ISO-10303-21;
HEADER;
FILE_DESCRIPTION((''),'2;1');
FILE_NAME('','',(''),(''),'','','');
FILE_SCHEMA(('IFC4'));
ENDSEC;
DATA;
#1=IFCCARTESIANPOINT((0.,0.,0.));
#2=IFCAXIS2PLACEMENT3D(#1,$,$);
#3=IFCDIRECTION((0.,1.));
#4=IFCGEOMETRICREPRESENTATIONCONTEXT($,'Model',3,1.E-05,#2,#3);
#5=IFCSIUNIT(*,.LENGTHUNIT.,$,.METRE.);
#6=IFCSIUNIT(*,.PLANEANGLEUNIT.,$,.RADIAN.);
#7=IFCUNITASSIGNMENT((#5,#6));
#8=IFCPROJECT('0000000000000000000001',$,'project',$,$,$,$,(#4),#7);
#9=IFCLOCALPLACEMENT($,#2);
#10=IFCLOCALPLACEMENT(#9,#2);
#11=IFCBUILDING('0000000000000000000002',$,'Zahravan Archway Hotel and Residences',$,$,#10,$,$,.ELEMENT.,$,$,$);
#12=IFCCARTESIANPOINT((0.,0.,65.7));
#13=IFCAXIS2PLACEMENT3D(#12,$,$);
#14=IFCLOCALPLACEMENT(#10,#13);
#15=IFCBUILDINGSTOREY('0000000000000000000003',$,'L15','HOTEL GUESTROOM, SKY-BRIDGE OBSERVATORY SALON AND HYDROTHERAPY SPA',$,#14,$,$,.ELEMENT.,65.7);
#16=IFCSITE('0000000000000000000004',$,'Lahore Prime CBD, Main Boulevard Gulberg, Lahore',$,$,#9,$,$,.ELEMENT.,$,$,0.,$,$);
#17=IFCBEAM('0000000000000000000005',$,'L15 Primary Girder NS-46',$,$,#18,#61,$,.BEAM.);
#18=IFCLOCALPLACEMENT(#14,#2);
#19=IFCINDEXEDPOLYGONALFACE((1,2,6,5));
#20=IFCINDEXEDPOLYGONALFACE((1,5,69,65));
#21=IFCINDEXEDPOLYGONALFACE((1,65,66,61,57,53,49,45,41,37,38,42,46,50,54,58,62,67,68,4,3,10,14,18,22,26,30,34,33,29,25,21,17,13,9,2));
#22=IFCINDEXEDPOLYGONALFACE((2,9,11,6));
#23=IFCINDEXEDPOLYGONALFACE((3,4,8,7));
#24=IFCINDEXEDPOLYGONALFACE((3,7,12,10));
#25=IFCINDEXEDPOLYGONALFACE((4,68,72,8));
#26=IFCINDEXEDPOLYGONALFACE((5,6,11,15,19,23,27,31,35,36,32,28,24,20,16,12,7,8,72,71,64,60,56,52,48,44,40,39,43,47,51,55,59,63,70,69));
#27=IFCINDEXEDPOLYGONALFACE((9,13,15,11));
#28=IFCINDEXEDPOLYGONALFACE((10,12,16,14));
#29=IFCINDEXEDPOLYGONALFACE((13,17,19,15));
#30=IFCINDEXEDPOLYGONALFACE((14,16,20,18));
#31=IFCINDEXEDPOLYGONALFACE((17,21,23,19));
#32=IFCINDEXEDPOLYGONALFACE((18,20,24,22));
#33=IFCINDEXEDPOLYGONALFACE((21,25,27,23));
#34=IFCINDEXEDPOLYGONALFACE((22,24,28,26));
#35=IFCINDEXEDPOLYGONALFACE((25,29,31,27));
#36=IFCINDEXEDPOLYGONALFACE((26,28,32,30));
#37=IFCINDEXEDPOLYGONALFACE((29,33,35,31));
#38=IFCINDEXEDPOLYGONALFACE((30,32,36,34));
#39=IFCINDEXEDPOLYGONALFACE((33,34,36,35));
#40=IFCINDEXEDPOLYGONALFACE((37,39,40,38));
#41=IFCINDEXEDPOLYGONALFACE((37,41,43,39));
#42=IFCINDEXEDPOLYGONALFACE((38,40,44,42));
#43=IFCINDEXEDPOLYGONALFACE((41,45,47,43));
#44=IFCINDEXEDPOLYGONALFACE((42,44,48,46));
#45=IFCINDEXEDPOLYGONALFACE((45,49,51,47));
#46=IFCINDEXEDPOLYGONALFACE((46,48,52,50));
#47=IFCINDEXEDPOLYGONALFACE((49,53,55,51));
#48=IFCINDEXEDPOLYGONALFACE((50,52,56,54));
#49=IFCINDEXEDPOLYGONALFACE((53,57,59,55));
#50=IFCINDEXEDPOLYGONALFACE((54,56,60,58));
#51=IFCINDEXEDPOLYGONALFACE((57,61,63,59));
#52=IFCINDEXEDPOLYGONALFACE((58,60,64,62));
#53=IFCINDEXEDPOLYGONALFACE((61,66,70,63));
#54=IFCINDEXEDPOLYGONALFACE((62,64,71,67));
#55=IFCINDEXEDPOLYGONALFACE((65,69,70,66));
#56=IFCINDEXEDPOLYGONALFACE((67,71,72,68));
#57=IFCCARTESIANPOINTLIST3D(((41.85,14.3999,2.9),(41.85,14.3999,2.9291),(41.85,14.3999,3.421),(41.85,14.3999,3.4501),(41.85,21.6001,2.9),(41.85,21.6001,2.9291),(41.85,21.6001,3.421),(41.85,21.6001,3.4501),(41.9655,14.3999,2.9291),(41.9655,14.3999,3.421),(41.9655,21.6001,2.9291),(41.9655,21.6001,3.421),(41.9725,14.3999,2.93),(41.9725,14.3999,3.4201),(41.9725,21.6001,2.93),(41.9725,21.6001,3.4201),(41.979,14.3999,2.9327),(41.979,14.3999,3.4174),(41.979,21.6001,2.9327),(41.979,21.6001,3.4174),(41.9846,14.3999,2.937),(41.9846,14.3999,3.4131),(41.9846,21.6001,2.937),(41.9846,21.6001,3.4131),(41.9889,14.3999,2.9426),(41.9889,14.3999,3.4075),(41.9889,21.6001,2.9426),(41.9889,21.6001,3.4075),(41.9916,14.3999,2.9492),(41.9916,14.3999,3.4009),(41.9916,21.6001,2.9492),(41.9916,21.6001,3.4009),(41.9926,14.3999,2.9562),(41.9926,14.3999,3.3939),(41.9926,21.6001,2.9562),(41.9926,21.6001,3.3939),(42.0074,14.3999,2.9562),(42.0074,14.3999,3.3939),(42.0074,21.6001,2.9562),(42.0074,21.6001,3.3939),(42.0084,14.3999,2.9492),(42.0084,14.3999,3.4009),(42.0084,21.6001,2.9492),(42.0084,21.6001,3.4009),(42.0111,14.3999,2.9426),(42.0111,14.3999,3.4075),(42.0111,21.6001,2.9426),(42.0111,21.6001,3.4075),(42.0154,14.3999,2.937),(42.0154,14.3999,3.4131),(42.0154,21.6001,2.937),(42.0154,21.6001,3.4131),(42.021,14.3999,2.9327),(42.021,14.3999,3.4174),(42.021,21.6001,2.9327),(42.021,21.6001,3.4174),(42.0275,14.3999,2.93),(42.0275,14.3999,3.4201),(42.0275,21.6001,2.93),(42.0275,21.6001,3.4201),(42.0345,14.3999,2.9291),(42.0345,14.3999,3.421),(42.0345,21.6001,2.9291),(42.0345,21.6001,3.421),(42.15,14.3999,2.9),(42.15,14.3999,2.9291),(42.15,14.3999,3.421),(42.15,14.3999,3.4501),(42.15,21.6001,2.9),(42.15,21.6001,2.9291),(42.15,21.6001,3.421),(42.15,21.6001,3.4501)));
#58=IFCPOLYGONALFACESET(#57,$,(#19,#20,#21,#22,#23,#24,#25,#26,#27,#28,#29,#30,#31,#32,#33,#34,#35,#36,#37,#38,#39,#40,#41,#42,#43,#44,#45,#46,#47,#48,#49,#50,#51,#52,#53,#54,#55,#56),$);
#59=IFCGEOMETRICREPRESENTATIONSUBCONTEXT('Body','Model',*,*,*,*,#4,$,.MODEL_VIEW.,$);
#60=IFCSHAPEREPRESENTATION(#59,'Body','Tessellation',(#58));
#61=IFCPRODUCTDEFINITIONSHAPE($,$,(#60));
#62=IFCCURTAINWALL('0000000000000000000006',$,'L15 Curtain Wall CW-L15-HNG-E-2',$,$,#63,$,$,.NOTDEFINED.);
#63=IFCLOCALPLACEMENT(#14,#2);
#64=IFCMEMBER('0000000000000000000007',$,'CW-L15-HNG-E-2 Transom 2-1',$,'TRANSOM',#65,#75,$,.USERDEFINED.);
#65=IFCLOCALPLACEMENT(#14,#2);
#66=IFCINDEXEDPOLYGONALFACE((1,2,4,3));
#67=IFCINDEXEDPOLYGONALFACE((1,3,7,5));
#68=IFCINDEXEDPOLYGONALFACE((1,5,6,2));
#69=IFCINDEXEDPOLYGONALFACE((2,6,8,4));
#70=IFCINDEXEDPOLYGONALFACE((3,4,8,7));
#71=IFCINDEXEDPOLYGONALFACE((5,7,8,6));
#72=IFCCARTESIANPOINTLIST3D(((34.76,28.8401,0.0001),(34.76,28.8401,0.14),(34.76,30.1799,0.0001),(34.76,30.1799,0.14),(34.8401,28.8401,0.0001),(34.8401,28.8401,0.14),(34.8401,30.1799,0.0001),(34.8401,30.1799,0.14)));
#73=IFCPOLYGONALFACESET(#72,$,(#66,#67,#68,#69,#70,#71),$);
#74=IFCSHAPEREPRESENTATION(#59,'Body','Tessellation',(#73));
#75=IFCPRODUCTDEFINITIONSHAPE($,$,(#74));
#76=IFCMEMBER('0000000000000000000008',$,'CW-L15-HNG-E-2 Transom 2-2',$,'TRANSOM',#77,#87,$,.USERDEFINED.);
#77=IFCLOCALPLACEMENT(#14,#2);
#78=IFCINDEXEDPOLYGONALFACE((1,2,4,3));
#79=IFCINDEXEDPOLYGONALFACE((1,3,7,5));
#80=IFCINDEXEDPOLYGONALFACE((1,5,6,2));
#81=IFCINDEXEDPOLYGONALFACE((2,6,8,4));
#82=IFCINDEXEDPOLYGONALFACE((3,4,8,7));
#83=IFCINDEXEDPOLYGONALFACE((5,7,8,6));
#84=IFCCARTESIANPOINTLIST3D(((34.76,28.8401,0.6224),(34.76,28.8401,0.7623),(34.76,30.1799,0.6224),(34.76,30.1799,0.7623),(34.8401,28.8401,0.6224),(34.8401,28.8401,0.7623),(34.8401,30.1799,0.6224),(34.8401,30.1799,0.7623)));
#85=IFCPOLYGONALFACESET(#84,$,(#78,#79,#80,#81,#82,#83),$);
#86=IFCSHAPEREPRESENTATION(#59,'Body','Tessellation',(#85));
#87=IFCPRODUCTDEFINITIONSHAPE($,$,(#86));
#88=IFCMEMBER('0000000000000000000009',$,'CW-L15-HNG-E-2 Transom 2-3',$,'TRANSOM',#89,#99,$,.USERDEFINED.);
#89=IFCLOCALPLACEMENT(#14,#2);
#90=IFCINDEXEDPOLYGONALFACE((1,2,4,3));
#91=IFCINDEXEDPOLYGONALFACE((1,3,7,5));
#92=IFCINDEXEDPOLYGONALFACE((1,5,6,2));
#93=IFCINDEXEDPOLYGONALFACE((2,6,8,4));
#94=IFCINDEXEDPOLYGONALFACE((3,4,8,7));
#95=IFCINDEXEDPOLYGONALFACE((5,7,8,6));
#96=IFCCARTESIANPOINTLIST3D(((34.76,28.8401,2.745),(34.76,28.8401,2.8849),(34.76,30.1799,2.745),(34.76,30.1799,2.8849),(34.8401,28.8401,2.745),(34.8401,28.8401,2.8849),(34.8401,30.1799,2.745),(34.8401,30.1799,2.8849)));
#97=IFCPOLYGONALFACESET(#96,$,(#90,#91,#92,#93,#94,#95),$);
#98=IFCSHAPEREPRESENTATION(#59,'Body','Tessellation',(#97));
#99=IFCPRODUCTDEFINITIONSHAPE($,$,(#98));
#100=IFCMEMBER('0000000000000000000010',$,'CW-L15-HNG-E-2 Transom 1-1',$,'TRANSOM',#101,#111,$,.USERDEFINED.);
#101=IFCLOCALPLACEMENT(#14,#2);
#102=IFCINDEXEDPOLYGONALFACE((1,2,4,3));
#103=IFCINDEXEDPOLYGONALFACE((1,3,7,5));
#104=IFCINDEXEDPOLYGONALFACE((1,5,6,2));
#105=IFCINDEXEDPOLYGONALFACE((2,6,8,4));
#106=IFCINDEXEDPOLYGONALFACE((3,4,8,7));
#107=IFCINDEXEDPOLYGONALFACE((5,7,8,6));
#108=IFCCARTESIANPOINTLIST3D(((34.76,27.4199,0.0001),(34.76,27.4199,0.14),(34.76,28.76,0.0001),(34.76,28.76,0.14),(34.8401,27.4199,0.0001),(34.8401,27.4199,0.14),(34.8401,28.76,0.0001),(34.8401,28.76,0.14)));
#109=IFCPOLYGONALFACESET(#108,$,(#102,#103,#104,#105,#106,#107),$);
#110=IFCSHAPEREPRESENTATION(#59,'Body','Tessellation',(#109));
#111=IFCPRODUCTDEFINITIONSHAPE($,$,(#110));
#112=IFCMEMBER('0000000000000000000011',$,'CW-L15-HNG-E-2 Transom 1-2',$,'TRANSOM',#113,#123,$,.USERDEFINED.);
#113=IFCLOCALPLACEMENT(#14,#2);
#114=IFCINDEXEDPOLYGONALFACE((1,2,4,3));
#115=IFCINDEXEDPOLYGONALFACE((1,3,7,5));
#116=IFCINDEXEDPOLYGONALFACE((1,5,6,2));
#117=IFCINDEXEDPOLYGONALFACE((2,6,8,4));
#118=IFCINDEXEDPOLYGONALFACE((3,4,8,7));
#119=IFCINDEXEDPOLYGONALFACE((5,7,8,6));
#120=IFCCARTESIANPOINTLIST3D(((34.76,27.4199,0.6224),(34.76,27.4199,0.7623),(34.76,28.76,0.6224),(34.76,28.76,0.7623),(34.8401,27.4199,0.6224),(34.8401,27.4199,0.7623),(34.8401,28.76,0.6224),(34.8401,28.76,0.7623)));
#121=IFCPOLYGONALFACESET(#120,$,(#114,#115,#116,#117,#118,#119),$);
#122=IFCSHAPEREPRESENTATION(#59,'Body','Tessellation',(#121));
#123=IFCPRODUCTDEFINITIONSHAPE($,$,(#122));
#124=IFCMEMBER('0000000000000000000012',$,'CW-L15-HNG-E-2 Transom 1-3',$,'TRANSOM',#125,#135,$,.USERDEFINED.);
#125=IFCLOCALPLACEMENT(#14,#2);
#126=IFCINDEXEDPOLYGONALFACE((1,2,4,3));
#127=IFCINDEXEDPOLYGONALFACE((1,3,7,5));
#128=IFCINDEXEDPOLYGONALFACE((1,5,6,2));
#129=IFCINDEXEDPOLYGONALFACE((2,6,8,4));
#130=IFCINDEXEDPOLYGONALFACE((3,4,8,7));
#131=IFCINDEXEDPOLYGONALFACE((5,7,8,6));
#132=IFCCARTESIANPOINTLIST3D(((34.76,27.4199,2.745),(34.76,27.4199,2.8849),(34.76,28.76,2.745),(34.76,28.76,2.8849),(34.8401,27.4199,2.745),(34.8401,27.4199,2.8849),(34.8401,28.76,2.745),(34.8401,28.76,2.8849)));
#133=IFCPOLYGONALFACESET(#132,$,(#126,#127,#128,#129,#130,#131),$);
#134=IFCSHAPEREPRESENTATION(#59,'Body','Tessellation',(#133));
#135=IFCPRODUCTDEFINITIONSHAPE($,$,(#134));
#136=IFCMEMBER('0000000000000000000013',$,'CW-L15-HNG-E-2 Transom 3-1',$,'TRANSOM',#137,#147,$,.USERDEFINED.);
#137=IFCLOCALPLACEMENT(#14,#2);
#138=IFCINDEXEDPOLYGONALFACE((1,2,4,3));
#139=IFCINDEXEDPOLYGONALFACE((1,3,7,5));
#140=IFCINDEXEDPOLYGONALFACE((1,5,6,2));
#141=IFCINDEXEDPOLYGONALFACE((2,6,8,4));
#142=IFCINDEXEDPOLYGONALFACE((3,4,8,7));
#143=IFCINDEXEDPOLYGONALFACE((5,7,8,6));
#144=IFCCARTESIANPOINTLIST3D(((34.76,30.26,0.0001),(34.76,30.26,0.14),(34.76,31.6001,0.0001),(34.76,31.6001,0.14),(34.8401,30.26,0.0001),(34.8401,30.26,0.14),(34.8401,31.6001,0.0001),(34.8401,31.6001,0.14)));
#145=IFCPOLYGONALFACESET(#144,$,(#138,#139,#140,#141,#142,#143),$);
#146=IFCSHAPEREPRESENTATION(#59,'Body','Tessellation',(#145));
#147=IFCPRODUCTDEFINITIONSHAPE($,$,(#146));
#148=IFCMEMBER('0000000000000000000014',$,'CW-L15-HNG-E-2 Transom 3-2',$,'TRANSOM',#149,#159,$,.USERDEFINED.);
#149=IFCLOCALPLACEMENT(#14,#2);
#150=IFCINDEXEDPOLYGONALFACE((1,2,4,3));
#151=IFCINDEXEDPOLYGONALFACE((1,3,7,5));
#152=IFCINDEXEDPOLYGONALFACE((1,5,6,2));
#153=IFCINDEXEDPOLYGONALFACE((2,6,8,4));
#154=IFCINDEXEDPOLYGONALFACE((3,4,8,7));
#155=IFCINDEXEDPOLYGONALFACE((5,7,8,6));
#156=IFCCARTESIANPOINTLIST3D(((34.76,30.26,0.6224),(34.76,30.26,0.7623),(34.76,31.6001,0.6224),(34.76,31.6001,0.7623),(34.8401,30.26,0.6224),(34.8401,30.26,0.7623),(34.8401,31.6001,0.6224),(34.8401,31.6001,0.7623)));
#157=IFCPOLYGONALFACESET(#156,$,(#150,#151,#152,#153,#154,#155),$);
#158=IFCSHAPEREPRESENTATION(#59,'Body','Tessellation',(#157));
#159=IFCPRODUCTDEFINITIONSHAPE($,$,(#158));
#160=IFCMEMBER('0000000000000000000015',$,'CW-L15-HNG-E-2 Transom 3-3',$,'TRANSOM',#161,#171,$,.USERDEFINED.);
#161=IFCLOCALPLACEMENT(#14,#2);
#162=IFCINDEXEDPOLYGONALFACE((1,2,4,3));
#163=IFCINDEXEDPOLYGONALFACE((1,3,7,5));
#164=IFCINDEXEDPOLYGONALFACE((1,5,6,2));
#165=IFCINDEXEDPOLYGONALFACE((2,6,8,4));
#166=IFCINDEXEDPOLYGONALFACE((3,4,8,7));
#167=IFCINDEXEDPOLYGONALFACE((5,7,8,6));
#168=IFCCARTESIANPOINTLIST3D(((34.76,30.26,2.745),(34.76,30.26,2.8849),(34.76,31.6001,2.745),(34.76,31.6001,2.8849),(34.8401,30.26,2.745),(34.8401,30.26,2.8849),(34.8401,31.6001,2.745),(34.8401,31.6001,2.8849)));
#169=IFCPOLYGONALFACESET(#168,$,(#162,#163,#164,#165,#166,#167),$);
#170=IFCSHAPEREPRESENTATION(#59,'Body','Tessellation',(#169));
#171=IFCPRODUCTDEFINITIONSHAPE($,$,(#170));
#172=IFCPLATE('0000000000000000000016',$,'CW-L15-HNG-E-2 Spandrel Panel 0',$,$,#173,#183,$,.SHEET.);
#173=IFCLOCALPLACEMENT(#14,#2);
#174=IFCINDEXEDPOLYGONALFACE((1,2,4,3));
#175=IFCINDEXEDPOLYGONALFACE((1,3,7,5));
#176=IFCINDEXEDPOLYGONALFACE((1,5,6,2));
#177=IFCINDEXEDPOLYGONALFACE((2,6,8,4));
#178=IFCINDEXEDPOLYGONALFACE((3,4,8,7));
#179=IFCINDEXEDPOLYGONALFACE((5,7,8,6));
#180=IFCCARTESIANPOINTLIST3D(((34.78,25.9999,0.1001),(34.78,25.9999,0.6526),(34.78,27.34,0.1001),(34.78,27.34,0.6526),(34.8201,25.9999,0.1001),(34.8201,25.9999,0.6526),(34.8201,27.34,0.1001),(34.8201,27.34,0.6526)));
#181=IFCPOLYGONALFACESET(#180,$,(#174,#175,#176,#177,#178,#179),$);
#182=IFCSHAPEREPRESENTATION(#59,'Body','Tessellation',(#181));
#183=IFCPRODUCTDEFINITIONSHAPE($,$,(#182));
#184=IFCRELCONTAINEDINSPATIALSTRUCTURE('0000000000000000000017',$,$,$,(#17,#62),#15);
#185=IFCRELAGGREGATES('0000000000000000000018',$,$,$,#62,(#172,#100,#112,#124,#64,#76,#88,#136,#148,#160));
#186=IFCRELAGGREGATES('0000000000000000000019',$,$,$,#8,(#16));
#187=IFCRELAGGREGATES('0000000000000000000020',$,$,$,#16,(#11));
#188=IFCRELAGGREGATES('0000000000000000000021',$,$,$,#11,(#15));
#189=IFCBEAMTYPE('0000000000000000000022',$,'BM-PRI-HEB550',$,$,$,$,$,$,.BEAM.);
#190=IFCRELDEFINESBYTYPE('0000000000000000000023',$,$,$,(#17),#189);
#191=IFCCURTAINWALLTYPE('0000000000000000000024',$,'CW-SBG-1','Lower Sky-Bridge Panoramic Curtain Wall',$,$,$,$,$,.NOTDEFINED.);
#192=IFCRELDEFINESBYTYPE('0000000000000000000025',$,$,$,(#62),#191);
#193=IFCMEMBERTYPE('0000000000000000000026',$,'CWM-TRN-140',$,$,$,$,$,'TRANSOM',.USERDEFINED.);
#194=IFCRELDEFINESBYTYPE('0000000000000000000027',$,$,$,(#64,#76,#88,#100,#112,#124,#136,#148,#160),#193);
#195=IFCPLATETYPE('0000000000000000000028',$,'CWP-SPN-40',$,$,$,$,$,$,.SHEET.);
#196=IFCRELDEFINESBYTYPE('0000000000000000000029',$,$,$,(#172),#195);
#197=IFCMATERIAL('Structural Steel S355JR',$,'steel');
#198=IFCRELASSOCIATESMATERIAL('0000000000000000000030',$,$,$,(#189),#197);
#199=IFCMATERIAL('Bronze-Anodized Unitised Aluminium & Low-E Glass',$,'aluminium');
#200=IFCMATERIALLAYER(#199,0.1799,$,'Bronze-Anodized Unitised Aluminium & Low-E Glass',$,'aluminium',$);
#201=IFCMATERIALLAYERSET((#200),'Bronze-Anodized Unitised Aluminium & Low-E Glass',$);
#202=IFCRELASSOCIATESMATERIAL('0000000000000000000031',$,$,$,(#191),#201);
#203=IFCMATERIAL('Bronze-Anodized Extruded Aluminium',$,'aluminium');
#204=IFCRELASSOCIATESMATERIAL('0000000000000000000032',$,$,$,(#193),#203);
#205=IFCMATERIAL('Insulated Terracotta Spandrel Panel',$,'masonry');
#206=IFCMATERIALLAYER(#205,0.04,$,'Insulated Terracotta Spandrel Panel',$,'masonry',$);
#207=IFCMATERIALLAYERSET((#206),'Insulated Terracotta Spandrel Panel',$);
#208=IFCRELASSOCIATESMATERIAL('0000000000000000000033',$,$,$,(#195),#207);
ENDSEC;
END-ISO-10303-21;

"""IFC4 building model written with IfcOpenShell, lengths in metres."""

from ifc_helpers import new_model, si_unit, direction, frame, origin, origin_2d, place, context, subcontext, project, spatial, rectangle, i_section, extrude, source, transform, mapped, material, layer, layer_set, material_profile, profile_set, type_object, type_shapes, element, aggregate, save


model = new_model("IFC4")

# Units and contexts
model_context = context("Model", 3, precision=1e-05, world=origin(), true_north=direction((0.0, 1.0)))
body_context = subcontext(model_context, "Body", "Model", "MODEL_VIEW")
ifc_project = project(units=[si_unit("LENGTHUNIT", "METRE"), si_unit("PLANEANGLEUNIT", "RADIAN")], contexts=[model_context])

# Site, building, storey
site_placement = place(None, origin())
site = spatial("IfcSite", under=ifc_project, at=site_placement, Name="Lahore Prime CBD, Main Boulevard Gulberg, Lahore", CompositionType="ELEMENT", RefElevation=0.0)
building_placement = place(site_placement, origin())
building = spatial("IfcBuilding", under=site, at=building_placement, Name="Zahravan Archway Hotel and Residences", CompositionType="ELEMENT")
storey_placement = place(building_placement, frame((0.0, 0.0, 65.7)))
storey = spatial("IfcBuildingStorey", under=building, at=storey_placement, Name="L15", Description="HOTEL GUESTROOM, SKY-BRIDGE OBSERVATORY SALON AND HYDROTHERAPY SPA", CompositionType="ELEMENT", Elevation=65.7)

# Beam
ifc_material_1 = material(Name="Structural Steel S355JR", Category="steel")
ifc_material_profile_1 = material_profile(ifc_material_1, i_section(OverallWidth=0.3, OverallDepth=0.55, WebThickness=0.0149, FlangeThickness=0.0291, FilletRadius=0.0271, at=origin_2d()), Name="HEB 550", Category="steel")
ifc_profile_set_1 = profile_set([ifc_material_profile_1], Name="Structural Steel S355JR")
beam_type = type_object("IfcBeamType", Name="BM-PRI-HEB550", PredefinedType="BEAM", material=ifc_profile_set_1)
shared_shape_1 = source(origin(), body_context, "Body", "SweptSolid", [
    extrude(i_section(OverallWidth=0.3, OverallDepth=0.55, WebThickness=0.0149, FlangeThickness=0.0291, FilletRadius=0.0271, at=origin_2d()), origin(), (0.0, 0.0, 1.0), 7.2002),
])
type_shapes(beam_type, [shared_shape_1])
beam_placement = place(storey_placement, frame((42.0, 14.3999, 3.175), z_axis=(0.0, 1.0, 0.0), x_axis=(-1.0, 0.0, 0.0)))
element("IfcBeam", 1, at=beam_placement, inside=storey, type_object=beam_type, Name="L15 Primary Girder NS-46", PredefinedType="BEAM", context=body_context, shape_type="MappedRepresentation", body=[
    mapped(shared_shape_1, transform((0.0, 0.0, 0.0), scale=1.0)),
])

# Curtain wall, members, plate
ifc_material_2 = material(Name="Bronze-Anodized Unitised Aluminium & Low-E Glass", Category="aluminium")
ifc_layer_1 = layer(ifc_material_2, 0.1799, Name="Bronze-Anodized Unitised Aluminium & Low-E Glass", Category="aluminium")
ifc_layer_set_1 = layer_set([ifc_layer_1], Name="Bronze-Anodized Unitised Aluminium & Low-E Glass")
curtain_wall_type = type_object("IfcCurtainWallType", Name="CW-SBG-1", Description="Lower Sky-Bridge Panoramic Curtain Wall", PredefinedType="NOTDEFINED", material=ifc_layer_set_1)
curtain_wall_placement = place(storey_placement, origin())
curtain_wall = element("IfcCurtainWall", 2, at=curtain_wall_placement, inside=storey, type_object=curtain_wall_type, Name="L15 Curtain Wall CW-L15-HNG-E-2", PredefinedType="NOTDEFINED")
ifc_material_3 = material(Name="Bronze-Anodized Extruded Aluminium", Category="aluminium")
ifc_material_profile_2 = material_profile(ifc_material_3, rectangle(XDim=0.0801, YDim=0.1399, at=origin_2d()), Name="TRN 80x140", Category="aluminium")
ifc_profile_set_2 = profile_set([ifc_material_profile_2], Name="Bronze-Anodized Extruded Aluminium")
member_type = type_object("IfcMemberType", Name="CWM-TRN-140", ElementType="TRANSOM", PredefinedType="USERDEFINED", material=ifc_profile_set_2)
shared_shape_2 = source(origin(), body_context, "Body", "SweptSolid", [
    extrude(rectangle(XDim=0.0801, YDim=0.1399, at=origin_2d()), origin(), (0.0, 0.0, 1.0), 1.3398),
])
member_1_placement = place(storey_placement, frame((34.8, 28.8401, 0.0701), z_axis=(0.0, 1.0, 0.0), x_axis=(-1.0, 0.0, 0.0)))
member_1 = element("IfcMember", 3, at=member_1_placement, type_object=member_type, Name="CW-L15-HNG-E-2 Transom 2-1", ObjectType="TRANSOM", PredefinedType="USERDEFINED", context=body_context, shape_type="MappedRepresentation", body=[
    mapped(shared_shape_2, transform((0.0, 0.0, 0.0), scale=1.0)),
])
member_2_placement = place(storey_placement, frame((34.8, 28.8401, 0.6924), z_axis=(0.0, 1.0, 0.0), x_axis=(-1.0, 0.0, 0.0)))
member_2 = element("IfcMember", 4, at=member_2_placement, type_object=member_type, Name="CW-L15-HNG-E-2 Transom 2-2", ObjectType="TRANSOM", PredefinedType="USERDEFINED", context=body_context, shape_type="MappedRepresentation", body=[
    mapped(shared_shape_2, transform((0.0, 0.0, 0.0), scale=1.0)),
])
member_3_placement = place(storey_placement, frame((34.8, 28.8401, 2.8149), z_axis=(0.0, 1.0, 0.0), x_axis=(-1.0, 0.0, 0.0)))
member_3 = element("IfcMember", 5, at=member_3_placement, type_object=member_type, Name="CW-L15-HNG-E-2 Transom 2-3", ObjectType="TRANSOM", PredefinedType="USERDEFINED", context=body_context, shape_type="MappedRepresentation", body=[
    mapped(shared_shape_2, transform((0.0, 0.0, 0.0), scale=1.0)),
])
shared_shape_3 = source(origin(), body_context, "Body", "SweptSolid", [
    extrude(rectangle(XDim=0.0801, YDim=0.1399, at=origin_2d()), origin(), (0.0, 0.0, 1.0), 1.3401),
])
member_4_placement = place(storey_placement, frame((34.8, 27.4199, 0.0701), z_axis=(0.0, 1.0, 0.0), x_axis=(-1.0, 0.0, 0.0)))
member_4 = element("IfcMember", 6, at=member_4_placement, type_object=member_type, Name="CW-L15-HNG-E-2 Transom 1-1", ObjectType="TRANSOM", PredefinedType="USERDEFINED", context=body_context, shape_type="MappedRepresentation", body=[
    mapped(shared_shape_3, transform((0.0, 0.0, 0.0), scale=1.0)),
])
member_5_placement = place(storey_placement, frame((34.8, 27.4199, 0.6924), z_axis=(0.0, 1.0, 0.0), x_axis=(-1.0, 0.0, 0.0)))
member_5 = element("IfcMember", 7, at=member_5_placement, type_object=member_type, Name="CW-L15-HNG-E-2 Transom 1-2", ObjectType="TRANSOM", PredefinedType="USERDEFINED", context=body_context, shape_type="MappedRepresentation", body=[
    mapped(shared_shape_3, transform((0.0, 0.0, 0.0), scale=1.0)),
])
member_6_placement = place(storey_placement, frame((34.8, 27.4199, 2.8149), z_axis=(0.0, 1.0, 0.0), x_axis=(-1.0, 0.0, 0.0)))
member_6 = element("IfcMember", 8, at=member_6_placement, type_object=member_type, Name="CW-L15-HNG-E-2 Transom 1-3", ObjectType="TRANSOM", PredefinedType="USERDEFINED", context=body_context, shape_type="MappedRepresentation", body=[
    mapped(shared_shape_3, transform((0.0, 0.0, 0.0), scale=1.0)),
])
member_7_placement = place(storey_placement, frame((34.8, 30.26, 0.0701), z_axis=(0.0, 1.0, 0.0), x_axis=(-1.0, 0.0, 0.0)))
member_7 = element("IfcMember", 9, at=member_7_placement, type_object=member_type, Name="CW-L15-HNG-E-2 Transom 3-1", ObjectType="TRANSOM", PredefinedType="USERDEFINED", context=body_context, shape_type="MappedRepresentation", body=[
    mapped(shared_shape_3, transform((0.0, 0.0, 0.0), scale=1.0)),
])
member_8_placement = place(storey_placement, frame((34.8, 30.26, 0.6924), z_axis=(0.0, 1.0, 0.0), x_axis=(-1.0, 0.0, 0.0)))
member_8 = element("IfcMember", 10, at=member_8_placement, type_object=member_type, Name="CW-L15-HNG-E-2 Transom 3-2", ObjectType="TRANSOM", PredefinedType="USERDEFINED", context=body_context, shape_type="MappedRepresentation", body=[
    mapped(shared_shape_3, transform((0.0, 0.0, 0.0), scale=1.0)),
])
member_9_placement = place(storey_placement, frame((34.8, 30.26, 2.8149), z_axis=(0.0, 1.0, 0.0), x_axis=(-1.0, 0.0, 0.0)))
member_9 = element("IfcMember", 11, at=member_9_placement, type_object=member_type, Name="CW-L15-HNG-E-2 Transom 3-3", ObjectType="TRANSOM", PredefinedType="USERDEFINED", context=body_context, shape_type="MappedRepresentation", body=[
    mapped(shared_shape_3, transform((0.0, 0.0, 0.0), scale=1.0)),
])
ifc_material_4 = material(Name="Insulated Terracotta Spandrel Panel", Category="masonry")
ifc_layer_2 = layer(ifc_material_4, 0.04, Name="Insulated Terracotta Spandrel Panel", Category="masonry")
ifc_layer_set_2 = layer_set([ifc_layer_2], Name="Insulated Terracotta Spandrel Panel")
plate_type_1 = type_object("IfcPlateType", Name="CWP-SPN-40", PredefinedType="SHEET", material=ifc_layer_set_2)
shared_shape_4 = source(origin(), body_context, "Body", "SweptSolid", [
    extrude(rectangle(XDim=1.3401, YDim=0.04, at=origin_2d()), origin(), (0.0, 0.0, 1.0), 0.5525),
])
plate_1_placement = place(storey_placement, frame((34.8, 26.6699, 0.1001), z_axis=(0.0, 0.0, 1.0), x_axis=(0.0, 1.0, 0.0)))
plate_1 = element("IfcPlate", 12, at=plate_1_placement, type_object=plate_type_1, Name="CW-L15-HNG-E-2 Spandrel Panel 0", PredefinedType="SHEET", context=body_context, shape_type="MappedRepresentation", body=[
    mapped(shared_shape_4, transform((0.0, 0.0, 0.0), scale=1.0)),
])
aggregate(curtain_wall, [plate_1, member_4, member_5, member_6, member_1, member_2, member_3, member_7, member_8, member_9])

save(model, "model.ifc")
